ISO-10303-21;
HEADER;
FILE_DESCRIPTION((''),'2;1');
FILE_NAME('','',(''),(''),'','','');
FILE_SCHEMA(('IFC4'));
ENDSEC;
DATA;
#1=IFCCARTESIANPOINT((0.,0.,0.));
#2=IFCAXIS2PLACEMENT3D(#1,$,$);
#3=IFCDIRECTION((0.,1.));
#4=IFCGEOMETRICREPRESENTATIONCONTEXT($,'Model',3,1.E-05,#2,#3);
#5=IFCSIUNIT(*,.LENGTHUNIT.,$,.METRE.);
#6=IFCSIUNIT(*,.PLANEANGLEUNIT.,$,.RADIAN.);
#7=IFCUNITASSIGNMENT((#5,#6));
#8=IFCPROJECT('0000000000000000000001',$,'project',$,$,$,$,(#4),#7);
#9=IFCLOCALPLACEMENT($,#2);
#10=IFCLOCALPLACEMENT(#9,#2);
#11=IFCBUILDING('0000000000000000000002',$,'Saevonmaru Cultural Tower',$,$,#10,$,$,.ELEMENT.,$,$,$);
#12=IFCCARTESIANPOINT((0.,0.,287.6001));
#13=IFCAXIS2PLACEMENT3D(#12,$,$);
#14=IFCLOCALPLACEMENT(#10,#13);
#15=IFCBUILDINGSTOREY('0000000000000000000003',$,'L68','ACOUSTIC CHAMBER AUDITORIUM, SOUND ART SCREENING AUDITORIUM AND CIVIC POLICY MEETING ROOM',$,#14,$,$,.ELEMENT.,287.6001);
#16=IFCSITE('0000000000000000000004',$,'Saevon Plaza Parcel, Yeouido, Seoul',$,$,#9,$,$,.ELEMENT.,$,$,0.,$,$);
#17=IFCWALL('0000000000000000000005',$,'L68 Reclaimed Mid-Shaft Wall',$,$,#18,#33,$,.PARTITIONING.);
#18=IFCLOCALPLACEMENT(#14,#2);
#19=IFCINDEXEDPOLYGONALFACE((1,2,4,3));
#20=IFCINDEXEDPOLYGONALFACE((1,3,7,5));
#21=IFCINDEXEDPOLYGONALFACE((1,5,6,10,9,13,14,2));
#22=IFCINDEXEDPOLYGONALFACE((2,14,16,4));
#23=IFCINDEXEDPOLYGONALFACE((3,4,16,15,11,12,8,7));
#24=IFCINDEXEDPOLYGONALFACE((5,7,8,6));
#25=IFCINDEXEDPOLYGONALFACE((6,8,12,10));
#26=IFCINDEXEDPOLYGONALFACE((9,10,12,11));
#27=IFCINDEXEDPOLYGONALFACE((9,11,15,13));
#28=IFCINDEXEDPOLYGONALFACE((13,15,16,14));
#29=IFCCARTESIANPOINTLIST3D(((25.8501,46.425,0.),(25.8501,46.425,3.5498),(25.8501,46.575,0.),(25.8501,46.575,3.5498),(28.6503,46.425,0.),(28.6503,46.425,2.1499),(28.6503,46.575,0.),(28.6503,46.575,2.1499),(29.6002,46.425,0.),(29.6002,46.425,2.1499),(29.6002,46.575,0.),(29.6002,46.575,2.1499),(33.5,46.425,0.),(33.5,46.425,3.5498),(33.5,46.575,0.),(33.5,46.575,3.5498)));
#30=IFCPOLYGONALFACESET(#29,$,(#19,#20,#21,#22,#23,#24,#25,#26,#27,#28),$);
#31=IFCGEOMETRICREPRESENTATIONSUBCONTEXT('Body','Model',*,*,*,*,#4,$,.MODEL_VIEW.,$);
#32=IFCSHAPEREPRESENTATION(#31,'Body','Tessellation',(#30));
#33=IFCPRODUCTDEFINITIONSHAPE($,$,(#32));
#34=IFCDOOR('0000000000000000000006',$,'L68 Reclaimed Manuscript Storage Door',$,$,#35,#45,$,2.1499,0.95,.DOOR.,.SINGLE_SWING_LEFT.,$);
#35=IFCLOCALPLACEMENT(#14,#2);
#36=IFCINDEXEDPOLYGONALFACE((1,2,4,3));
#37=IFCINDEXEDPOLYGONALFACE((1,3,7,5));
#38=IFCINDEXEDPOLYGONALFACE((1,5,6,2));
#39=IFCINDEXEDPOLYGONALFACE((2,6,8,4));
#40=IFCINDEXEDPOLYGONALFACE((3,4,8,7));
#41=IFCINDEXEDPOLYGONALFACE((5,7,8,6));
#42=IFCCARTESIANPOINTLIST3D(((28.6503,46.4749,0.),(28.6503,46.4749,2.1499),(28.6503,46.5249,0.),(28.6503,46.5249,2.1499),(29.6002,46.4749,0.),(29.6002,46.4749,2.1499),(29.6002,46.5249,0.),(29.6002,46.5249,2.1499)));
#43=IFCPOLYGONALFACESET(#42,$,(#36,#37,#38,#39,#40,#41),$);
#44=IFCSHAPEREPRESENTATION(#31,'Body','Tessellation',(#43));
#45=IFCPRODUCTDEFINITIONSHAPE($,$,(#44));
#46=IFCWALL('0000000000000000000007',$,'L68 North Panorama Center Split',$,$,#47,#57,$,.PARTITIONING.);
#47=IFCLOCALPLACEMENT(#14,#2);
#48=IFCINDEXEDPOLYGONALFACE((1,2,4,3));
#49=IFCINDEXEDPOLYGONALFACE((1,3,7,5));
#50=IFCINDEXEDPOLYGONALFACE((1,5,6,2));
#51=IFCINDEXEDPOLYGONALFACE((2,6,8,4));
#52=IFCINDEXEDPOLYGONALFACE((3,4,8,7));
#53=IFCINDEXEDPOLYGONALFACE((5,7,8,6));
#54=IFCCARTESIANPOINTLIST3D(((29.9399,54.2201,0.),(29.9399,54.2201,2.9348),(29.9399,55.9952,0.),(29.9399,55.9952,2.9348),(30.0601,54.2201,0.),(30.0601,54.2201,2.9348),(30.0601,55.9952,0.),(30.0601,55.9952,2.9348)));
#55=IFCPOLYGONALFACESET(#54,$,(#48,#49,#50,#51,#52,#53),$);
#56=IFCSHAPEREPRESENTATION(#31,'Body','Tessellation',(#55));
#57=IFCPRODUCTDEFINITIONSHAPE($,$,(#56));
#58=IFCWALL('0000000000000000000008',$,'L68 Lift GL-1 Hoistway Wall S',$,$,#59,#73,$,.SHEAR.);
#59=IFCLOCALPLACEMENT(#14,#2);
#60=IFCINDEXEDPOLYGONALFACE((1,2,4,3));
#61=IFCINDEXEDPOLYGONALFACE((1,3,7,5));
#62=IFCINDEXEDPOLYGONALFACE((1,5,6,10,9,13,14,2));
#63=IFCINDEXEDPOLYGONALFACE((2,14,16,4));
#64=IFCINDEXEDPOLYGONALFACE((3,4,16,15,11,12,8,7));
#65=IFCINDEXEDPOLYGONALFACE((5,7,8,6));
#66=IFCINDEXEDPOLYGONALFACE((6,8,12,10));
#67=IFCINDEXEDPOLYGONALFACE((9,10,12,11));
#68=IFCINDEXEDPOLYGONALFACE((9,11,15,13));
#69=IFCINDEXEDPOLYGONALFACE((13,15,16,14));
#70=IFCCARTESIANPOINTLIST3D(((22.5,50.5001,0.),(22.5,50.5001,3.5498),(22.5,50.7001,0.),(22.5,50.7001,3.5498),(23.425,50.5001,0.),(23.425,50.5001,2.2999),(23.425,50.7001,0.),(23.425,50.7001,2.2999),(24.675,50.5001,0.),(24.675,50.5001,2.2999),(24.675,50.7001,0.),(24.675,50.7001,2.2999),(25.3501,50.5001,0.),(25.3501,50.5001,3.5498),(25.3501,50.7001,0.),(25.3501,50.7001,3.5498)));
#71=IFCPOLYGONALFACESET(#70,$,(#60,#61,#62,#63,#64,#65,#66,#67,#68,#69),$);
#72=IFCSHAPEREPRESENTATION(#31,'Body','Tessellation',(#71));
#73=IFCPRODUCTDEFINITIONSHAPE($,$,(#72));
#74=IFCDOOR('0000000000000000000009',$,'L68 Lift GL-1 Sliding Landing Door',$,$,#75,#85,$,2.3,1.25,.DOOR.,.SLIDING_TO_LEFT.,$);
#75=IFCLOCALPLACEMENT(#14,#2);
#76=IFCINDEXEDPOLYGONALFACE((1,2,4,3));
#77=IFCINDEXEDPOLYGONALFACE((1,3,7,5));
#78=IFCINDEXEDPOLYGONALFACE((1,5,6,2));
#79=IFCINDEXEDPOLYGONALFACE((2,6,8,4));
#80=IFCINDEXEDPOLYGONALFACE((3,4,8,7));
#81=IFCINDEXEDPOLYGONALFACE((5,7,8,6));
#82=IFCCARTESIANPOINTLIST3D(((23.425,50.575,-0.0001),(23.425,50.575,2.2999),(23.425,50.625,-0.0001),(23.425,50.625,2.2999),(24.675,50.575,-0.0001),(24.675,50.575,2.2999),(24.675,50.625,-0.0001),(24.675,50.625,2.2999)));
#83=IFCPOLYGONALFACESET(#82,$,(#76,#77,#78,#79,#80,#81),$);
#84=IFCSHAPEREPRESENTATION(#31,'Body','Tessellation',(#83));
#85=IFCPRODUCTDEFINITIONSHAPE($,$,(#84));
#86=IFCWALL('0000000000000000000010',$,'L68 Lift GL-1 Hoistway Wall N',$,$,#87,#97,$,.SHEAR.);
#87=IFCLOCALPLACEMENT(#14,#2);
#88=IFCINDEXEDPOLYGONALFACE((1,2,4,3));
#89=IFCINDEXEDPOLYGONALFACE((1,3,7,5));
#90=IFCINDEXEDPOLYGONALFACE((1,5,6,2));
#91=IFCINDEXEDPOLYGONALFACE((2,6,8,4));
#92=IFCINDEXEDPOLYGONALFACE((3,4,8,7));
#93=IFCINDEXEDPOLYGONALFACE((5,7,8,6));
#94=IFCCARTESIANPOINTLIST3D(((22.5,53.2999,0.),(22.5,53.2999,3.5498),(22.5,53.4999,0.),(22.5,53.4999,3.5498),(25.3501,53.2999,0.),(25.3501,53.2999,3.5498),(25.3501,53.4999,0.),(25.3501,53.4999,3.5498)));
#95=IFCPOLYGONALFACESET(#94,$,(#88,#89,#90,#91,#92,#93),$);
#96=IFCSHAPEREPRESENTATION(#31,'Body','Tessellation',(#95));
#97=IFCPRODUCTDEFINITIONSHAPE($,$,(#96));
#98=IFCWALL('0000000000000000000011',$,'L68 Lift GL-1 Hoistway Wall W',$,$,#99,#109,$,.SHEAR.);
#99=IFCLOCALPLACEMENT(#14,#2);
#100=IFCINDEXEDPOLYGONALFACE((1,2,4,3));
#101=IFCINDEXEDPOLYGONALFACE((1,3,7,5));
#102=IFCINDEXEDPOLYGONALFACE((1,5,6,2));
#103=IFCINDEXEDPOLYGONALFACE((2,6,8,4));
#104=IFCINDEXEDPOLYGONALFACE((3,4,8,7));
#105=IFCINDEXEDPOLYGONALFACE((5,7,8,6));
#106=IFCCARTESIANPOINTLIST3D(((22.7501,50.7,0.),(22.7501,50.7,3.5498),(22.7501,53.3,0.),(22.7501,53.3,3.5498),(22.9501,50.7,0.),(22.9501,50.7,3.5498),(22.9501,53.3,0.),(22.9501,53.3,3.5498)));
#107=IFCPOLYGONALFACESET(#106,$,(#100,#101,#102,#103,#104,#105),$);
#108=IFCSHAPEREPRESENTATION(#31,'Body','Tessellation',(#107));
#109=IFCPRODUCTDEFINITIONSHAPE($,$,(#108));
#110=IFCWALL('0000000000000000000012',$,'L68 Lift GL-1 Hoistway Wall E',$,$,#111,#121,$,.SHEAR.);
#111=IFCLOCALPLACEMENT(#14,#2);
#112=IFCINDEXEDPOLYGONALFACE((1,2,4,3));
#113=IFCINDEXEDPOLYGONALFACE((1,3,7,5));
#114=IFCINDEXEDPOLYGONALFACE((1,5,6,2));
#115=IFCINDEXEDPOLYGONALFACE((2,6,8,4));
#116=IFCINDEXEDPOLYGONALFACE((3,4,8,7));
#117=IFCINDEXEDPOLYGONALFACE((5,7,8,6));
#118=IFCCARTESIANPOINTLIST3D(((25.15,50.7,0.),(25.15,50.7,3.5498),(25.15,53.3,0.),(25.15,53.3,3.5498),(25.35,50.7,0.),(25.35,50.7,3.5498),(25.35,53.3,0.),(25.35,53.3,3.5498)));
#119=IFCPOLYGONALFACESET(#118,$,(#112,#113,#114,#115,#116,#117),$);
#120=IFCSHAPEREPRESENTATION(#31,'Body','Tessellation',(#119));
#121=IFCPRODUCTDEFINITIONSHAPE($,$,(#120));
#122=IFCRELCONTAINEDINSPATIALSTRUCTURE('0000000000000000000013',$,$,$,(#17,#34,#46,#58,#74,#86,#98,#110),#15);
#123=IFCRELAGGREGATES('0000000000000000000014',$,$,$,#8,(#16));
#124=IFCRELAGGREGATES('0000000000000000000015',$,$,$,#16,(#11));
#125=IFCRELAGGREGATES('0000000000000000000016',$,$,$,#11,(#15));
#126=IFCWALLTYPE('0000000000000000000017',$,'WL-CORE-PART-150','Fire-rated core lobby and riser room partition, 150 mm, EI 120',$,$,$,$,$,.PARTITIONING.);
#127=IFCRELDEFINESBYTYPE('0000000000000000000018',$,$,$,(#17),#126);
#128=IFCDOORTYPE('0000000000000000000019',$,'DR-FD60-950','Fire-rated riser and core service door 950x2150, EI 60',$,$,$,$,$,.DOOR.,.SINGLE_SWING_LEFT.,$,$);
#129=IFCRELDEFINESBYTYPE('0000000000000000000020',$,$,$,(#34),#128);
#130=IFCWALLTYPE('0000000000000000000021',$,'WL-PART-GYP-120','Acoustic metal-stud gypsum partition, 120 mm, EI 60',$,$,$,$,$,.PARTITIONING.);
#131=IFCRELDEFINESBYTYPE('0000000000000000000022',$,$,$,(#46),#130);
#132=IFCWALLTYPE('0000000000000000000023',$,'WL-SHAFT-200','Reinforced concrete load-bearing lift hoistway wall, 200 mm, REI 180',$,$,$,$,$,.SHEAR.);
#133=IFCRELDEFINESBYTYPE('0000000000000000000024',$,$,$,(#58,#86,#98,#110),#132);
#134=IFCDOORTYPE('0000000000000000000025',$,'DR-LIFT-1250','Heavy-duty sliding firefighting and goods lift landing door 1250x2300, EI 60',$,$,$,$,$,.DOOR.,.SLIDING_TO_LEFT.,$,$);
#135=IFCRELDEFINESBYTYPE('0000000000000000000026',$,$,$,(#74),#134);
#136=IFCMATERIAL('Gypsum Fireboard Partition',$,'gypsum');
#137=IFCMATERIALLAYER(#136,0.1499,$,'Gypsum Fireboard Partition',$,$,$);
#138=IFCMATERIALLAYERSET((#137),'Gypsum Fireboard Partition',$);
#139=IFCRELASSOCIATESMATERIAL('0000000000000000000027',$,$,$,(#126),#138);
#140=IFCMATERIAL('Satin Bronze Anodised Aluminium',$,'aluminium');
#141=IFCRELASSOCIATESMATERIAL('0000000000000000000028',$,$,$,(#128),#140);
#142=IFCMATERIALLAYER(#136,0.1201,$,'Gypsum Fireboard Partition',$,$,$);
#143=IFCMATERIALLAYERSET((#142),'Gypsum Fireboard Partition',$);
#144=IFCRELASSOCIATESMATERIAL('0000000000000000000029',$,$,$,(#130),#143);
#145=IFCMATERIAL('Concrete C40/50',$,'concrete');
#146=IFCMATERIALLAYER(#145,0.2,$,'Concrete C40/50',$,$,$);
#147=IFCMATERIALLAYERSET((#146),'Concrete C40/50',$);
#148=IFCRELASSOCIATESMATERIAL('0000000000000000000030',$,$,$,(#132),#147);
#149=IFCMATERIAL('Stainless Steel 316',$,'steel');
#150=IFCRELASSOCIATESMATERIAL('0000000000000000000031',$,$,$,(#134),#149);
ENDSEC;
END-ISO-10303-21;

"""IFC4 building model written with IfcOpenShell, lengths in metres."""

from ifc_helpers import new_model, si_unit, direction, frame, frame_2d, origin, place, context, subcontext, project, spatial, rectangle, extrude, material, layer, layer_set, type_object, element, fill, save


model = new_model("IFC4")

# Units and contexts
model_context = context("Model", 3, precision=1e-05, world=origin(), true_north=direction((0.0, 1.0)))
body_context = subcontext(model_context, "Body", "Model", "MODEL_VIEW")
ifc_project = project(units=[si_unit("LENGTHUNIT", "METRE"), si_unit("PLANEANGLEUNIT", "RADIAN")], contexts=[model_context])

# Site, building, storey
site_placement = place(None, origin())
site = spatial("IfcSite", under=ifc_project, at=site_placement, Name="Saevon Plaza Parcel, Yeouido, Seoul", CompositionType="ELEMENT", RefElevation=0.0)
building_placement = place(site_placement, origin())
building = spatial("IfcBuilding", under=site, at=building_placement, Name="Saevonmaru Cultural Tower", CompositionType="ELEMENT")
storey_placement = place(building_placement, frame((0.0, 0.0, 287.6001)))
storey = spatial("IfcBuildingStorey", under=building, at=storey_placement, Name="L68", Description="ACOUSTIC CHAMBER AUDITORIUM, SOUND ART SCREENING AUDITORIUM AND CIVIC POLICY MEETING ROOM", CompositionType="ELEMENT", Elevation=287.6001)

# Shared definitions
ifc_material_1 = material(Name="Satin Bronze Anodised Aluminium", Category="aluminium")

# Shared definitions
ifc_material_2 = material(Name="Gypsum Fireboard Partition", Category="gypsum")
ifc_layer_1 = layer(ifc_material_2, 0.1499, Name="Gypsum Fireboard Partition")
ifc_layer_set_1 = layer_set([ifc_layer_1], Name="Gypsum Fireboard Partition")
wall_type_1 = type_object("IfcWallType", Name="WL-CORE-PART-150", Description="Fire-rated core lobby and riser room partition, 150 mm, EI 120", PredefinedType="PARTITIONING", material=ifc_layer_set_1)

# Shared definitions
door_type_1 = type_object("IfcDoorType", Name="DR-FD60-950", Description="Fire-rated riser and core service door 950x2150, EI 60", OperationType="SINGLE_SWING_LEFT", PredefinedType="DOOR", material=ifc_material_1)

# Wall, opening, door
wall_1_placement = place(storey_placement, frame((25.8501, 46.5, 0.0), z_axis=(0.0, 0.0, 1.0), x_axis=(1.0, 0.0, 0.0)))
wall_1 = element("IfcWall", 1, at=wall_1_placement, inside=storey, type_object=wall_type_1, Name="L68 Reclaimed Mid-Shaft Wall", PredefinedType="PARTITIONING", context=body_context, shape_type="SweptSolid", body=[
    extrude(rectangle(XDim=7.6499, YDim=0.1499, at=frame_2d((3.825, 0.0))), origin(), (0.0, 0.0, 1.0), 3.5498),
])
opening_1_placement = place(wall_1_placement, frame((2.8, 0.0, 0.0)))
opening_1 = element("IfcOpeningElement", 2, at=opening_1_placement, cuts=wall_1, PredefinedType="OPENING", context=body_context, shape_type="SweptSolid", body=[
    extrude(rectangle(XDim=0.95, YDim=2.1499, at=frame_2d((0.4751, 1.075))), frame((0.0, 0.085, 0.0), z_axis=(0.0, -1.0, 0.0), x_axis=(1.0, 0.0, 0.0)), (0.0, 0.0, 1.0), 0.1699),
])
door_1_placement = place(opening_1_placement, origin())
door_1 = element("IfcDoor", 3, at=door_1_placement, inside=storey, type_object=door_type_1, Name="L68 Reclaimed Manuscript Storage Door", OperationType="SINGLE_SWING_LEFT", OverallHeight=2.1499, OverallWidth=0.95, PredefinedType="DOOR", context=body_context, shape_type="SweptSolid", body=[
    extrude(rectangle(XDim=0.95, YDim=2.1499, at=frame_2d((0.4751, 1.075))), frame((0.0, 0.0249, 0.0), z_axis=(0.0, -1.0, 0.0), x_axis=(1.0, 0.0, 0.0)), (0.0, 0.0, 1.0), 0.05),
])
fill(opening_1, door_1)

# Wall
ifc_layer_2 = layer(ifc_material_2, 0.1201, Name="Gypsum Fireboard Partition")
ifc_layer_set_2 = layer_set([ifc_layer_2], Name="Gypsum Fireboard Partition")
wall_type_2 = type_object("IfcWallType", Name="WL-PART-GYP-120", Description="Acoustic metal-stud gypsum partition, 120 mm, EI 60", PredefinedType="PARTITIONING", material=ifc_layer_set_2)
wall_2_placement = place(storey_placement, frame((30.0, 54.22, 0.0), z_axis=(0.0, 0.0, 1.0), x_axis=(0.0, 1.0, 0.0)))
element("IfcWall", 4, at=wall_2_placement, inside=storey, type_object=wall_type_2, Name="L68 North Panorama Center Split", PredefinedType="PARTITIONING", context=body_context, shape_type="SweptSolid", body=[
    extrude(rectangle(XDim=1.7751, YDim=0.1201, at=frame_2d((0.8877, 0.0))), origin(), (0.0, 0.0, 1.0), 2.9348),
])

# Wall, opening, door
ifc_material_3 = material(Name="Concrete C40/50", Category="concrete")
ifc_layer_3 = layer(ifc_material_3, 0.2, Name="Concrete C40/50")
ifc_layer_set_3 = layer_set([ifc_layer_3], Name="Concrete C40/50")
wall_type_3 = type_object("IfcWallType", Name="WL-SHAFT-200", Description="Reinforced concrete load-bearing lift hoistway wall, 200 mm, REI 180", PredefinedType="SHEAR", material=ifc_layer_set_3)
wall_3_placement = place(storey_placement, frame((22.5, 50.6001, 0.0), z_axis=(0.0, 0.0, 1.0), x_axis=(1.0, 0.0, 0.0)))
wall_3 = element("IfcWall", 5, at=wall_3_placement, inside=storey, type_object=wall_type_3, Name="L68 Lift GL-1 Hoistway Wall S", PredefinedType="SHEAR", context=body_context, shape_type="SweptSolid", body=[
    extrude(rectangle(XDim=2.8501, YDim=0.2, at=frame_2d((1.425, 0.0))), origin(), (0.0, 0.0, 1.0), 3.5498),
])
opening_2_placement = place(wall_3_placement, frame((0.925, 0.0, 0.0)))
opening_2 = element("IfcOpeningElement", 6, at=opening_2_placement, cuts=wall_3, PredefinedType="OPENING", context=body_context, shape_type="SweptSolid", body=[
    extrude(rectangle(XDim=1.25, YDim=2.3, at=frame_2d((0.625, 1.1499))), frame((0.0, 0.1099, 0.0), z_axis=(0.0, -1.0, 0.0), x_axis=(1.0, 0.0, 0.0)), (0.0, 0.0, 1.0), 0.22),
])
ifc_material_4 = material(Name="Stainless Steel 316", Category="steel")
door_type_2 = type_object("IfcDoorType", Name="DR-LIFT-1250", Description="Heavy-duty sliding firefighting and goods lift landing door 1250x2300, EI 60", OperationType="SLIDING_TO_LEFT", PredefinedType="DOOR", material=ifc_material_4)
door_2_placement = place(opening_2_placement, origin())
door_2 = element("IfcDoor", 7, at=door_2_placement, inside=storey, type_object=door_type_2, Name="L68 Lift GL-1 Sliding Landing Door", OperationType="SLIDING_TO_LEFT", OverallHeight=2.3, OverallWidth=1.25, PredefinedType="DOOR", context=body_context, shape_type="SweptSolid", body=[
    extrude(rectangle(XDim=1.25, YDim=2.3, at=frame_2d((0.625, 1.1499))), frame((0.0, 0.0249, 0.0), z_axis=(0.0, -1.0, 0.0), x_axis=(1.0, 0.0, 0.0)), (0.0, 0.0, 1.0), 0.05),
])
fill(opening_2, door_2)

# Walls
wall_4_placement = place(storey_placement, frame((22.5, 53.3999, 0.0), z_axis=(0.0, 0.0, 1.0), x_axis=(1.0, 0.0, 0.0)))
element("IfcWall", 8, at=wall_4_placement, inside=storey, type_object=wall_type_3, Name="L68 Lift GL-1 Hoistway Wall N", PredefinedType="SHEAR", context=body_context, shape_type="SweptSolid", body=[
    extrude(rectangle(XDim=2.8501, YDim=0.2, at=frame_2d((1.425, 0.0))), origin(), (0.0, 0.0, 1.0), 3.5498),
])
for number, where, z_axis, x_axis, name in (
    (9, (22.8501, 50.7, 0.0), (0.0, 0.0, 1.0), (0.0, 1.0, 0.0), "L68 Lift GL-1 Hoistway Wall W"),
    (10, (25.25, 50.7, 0.0), (0.0, 0.0, 1.0), (0.0, 1.0, 0.0), "L68 Lift GL-1 Hoistway Wall E"),
):
    element("IfcWall", number, at=place(storey_placement, frame(where, z_axis=z_axis, x_axis=x_axis)), inside=storey, type_object=wall_type_3, Name=name, PredefinedType="SHEAR", context=body_context, shape_type="SweptSolid", body=[
        extrude(rectangle(XDim=2.6001, YDim=0.2, at=frame_2d((1.3, 0.0))), origin(), (0.0, 0.0, 1.0), 3.5498),
    ])

save(model, "model.ifc")
